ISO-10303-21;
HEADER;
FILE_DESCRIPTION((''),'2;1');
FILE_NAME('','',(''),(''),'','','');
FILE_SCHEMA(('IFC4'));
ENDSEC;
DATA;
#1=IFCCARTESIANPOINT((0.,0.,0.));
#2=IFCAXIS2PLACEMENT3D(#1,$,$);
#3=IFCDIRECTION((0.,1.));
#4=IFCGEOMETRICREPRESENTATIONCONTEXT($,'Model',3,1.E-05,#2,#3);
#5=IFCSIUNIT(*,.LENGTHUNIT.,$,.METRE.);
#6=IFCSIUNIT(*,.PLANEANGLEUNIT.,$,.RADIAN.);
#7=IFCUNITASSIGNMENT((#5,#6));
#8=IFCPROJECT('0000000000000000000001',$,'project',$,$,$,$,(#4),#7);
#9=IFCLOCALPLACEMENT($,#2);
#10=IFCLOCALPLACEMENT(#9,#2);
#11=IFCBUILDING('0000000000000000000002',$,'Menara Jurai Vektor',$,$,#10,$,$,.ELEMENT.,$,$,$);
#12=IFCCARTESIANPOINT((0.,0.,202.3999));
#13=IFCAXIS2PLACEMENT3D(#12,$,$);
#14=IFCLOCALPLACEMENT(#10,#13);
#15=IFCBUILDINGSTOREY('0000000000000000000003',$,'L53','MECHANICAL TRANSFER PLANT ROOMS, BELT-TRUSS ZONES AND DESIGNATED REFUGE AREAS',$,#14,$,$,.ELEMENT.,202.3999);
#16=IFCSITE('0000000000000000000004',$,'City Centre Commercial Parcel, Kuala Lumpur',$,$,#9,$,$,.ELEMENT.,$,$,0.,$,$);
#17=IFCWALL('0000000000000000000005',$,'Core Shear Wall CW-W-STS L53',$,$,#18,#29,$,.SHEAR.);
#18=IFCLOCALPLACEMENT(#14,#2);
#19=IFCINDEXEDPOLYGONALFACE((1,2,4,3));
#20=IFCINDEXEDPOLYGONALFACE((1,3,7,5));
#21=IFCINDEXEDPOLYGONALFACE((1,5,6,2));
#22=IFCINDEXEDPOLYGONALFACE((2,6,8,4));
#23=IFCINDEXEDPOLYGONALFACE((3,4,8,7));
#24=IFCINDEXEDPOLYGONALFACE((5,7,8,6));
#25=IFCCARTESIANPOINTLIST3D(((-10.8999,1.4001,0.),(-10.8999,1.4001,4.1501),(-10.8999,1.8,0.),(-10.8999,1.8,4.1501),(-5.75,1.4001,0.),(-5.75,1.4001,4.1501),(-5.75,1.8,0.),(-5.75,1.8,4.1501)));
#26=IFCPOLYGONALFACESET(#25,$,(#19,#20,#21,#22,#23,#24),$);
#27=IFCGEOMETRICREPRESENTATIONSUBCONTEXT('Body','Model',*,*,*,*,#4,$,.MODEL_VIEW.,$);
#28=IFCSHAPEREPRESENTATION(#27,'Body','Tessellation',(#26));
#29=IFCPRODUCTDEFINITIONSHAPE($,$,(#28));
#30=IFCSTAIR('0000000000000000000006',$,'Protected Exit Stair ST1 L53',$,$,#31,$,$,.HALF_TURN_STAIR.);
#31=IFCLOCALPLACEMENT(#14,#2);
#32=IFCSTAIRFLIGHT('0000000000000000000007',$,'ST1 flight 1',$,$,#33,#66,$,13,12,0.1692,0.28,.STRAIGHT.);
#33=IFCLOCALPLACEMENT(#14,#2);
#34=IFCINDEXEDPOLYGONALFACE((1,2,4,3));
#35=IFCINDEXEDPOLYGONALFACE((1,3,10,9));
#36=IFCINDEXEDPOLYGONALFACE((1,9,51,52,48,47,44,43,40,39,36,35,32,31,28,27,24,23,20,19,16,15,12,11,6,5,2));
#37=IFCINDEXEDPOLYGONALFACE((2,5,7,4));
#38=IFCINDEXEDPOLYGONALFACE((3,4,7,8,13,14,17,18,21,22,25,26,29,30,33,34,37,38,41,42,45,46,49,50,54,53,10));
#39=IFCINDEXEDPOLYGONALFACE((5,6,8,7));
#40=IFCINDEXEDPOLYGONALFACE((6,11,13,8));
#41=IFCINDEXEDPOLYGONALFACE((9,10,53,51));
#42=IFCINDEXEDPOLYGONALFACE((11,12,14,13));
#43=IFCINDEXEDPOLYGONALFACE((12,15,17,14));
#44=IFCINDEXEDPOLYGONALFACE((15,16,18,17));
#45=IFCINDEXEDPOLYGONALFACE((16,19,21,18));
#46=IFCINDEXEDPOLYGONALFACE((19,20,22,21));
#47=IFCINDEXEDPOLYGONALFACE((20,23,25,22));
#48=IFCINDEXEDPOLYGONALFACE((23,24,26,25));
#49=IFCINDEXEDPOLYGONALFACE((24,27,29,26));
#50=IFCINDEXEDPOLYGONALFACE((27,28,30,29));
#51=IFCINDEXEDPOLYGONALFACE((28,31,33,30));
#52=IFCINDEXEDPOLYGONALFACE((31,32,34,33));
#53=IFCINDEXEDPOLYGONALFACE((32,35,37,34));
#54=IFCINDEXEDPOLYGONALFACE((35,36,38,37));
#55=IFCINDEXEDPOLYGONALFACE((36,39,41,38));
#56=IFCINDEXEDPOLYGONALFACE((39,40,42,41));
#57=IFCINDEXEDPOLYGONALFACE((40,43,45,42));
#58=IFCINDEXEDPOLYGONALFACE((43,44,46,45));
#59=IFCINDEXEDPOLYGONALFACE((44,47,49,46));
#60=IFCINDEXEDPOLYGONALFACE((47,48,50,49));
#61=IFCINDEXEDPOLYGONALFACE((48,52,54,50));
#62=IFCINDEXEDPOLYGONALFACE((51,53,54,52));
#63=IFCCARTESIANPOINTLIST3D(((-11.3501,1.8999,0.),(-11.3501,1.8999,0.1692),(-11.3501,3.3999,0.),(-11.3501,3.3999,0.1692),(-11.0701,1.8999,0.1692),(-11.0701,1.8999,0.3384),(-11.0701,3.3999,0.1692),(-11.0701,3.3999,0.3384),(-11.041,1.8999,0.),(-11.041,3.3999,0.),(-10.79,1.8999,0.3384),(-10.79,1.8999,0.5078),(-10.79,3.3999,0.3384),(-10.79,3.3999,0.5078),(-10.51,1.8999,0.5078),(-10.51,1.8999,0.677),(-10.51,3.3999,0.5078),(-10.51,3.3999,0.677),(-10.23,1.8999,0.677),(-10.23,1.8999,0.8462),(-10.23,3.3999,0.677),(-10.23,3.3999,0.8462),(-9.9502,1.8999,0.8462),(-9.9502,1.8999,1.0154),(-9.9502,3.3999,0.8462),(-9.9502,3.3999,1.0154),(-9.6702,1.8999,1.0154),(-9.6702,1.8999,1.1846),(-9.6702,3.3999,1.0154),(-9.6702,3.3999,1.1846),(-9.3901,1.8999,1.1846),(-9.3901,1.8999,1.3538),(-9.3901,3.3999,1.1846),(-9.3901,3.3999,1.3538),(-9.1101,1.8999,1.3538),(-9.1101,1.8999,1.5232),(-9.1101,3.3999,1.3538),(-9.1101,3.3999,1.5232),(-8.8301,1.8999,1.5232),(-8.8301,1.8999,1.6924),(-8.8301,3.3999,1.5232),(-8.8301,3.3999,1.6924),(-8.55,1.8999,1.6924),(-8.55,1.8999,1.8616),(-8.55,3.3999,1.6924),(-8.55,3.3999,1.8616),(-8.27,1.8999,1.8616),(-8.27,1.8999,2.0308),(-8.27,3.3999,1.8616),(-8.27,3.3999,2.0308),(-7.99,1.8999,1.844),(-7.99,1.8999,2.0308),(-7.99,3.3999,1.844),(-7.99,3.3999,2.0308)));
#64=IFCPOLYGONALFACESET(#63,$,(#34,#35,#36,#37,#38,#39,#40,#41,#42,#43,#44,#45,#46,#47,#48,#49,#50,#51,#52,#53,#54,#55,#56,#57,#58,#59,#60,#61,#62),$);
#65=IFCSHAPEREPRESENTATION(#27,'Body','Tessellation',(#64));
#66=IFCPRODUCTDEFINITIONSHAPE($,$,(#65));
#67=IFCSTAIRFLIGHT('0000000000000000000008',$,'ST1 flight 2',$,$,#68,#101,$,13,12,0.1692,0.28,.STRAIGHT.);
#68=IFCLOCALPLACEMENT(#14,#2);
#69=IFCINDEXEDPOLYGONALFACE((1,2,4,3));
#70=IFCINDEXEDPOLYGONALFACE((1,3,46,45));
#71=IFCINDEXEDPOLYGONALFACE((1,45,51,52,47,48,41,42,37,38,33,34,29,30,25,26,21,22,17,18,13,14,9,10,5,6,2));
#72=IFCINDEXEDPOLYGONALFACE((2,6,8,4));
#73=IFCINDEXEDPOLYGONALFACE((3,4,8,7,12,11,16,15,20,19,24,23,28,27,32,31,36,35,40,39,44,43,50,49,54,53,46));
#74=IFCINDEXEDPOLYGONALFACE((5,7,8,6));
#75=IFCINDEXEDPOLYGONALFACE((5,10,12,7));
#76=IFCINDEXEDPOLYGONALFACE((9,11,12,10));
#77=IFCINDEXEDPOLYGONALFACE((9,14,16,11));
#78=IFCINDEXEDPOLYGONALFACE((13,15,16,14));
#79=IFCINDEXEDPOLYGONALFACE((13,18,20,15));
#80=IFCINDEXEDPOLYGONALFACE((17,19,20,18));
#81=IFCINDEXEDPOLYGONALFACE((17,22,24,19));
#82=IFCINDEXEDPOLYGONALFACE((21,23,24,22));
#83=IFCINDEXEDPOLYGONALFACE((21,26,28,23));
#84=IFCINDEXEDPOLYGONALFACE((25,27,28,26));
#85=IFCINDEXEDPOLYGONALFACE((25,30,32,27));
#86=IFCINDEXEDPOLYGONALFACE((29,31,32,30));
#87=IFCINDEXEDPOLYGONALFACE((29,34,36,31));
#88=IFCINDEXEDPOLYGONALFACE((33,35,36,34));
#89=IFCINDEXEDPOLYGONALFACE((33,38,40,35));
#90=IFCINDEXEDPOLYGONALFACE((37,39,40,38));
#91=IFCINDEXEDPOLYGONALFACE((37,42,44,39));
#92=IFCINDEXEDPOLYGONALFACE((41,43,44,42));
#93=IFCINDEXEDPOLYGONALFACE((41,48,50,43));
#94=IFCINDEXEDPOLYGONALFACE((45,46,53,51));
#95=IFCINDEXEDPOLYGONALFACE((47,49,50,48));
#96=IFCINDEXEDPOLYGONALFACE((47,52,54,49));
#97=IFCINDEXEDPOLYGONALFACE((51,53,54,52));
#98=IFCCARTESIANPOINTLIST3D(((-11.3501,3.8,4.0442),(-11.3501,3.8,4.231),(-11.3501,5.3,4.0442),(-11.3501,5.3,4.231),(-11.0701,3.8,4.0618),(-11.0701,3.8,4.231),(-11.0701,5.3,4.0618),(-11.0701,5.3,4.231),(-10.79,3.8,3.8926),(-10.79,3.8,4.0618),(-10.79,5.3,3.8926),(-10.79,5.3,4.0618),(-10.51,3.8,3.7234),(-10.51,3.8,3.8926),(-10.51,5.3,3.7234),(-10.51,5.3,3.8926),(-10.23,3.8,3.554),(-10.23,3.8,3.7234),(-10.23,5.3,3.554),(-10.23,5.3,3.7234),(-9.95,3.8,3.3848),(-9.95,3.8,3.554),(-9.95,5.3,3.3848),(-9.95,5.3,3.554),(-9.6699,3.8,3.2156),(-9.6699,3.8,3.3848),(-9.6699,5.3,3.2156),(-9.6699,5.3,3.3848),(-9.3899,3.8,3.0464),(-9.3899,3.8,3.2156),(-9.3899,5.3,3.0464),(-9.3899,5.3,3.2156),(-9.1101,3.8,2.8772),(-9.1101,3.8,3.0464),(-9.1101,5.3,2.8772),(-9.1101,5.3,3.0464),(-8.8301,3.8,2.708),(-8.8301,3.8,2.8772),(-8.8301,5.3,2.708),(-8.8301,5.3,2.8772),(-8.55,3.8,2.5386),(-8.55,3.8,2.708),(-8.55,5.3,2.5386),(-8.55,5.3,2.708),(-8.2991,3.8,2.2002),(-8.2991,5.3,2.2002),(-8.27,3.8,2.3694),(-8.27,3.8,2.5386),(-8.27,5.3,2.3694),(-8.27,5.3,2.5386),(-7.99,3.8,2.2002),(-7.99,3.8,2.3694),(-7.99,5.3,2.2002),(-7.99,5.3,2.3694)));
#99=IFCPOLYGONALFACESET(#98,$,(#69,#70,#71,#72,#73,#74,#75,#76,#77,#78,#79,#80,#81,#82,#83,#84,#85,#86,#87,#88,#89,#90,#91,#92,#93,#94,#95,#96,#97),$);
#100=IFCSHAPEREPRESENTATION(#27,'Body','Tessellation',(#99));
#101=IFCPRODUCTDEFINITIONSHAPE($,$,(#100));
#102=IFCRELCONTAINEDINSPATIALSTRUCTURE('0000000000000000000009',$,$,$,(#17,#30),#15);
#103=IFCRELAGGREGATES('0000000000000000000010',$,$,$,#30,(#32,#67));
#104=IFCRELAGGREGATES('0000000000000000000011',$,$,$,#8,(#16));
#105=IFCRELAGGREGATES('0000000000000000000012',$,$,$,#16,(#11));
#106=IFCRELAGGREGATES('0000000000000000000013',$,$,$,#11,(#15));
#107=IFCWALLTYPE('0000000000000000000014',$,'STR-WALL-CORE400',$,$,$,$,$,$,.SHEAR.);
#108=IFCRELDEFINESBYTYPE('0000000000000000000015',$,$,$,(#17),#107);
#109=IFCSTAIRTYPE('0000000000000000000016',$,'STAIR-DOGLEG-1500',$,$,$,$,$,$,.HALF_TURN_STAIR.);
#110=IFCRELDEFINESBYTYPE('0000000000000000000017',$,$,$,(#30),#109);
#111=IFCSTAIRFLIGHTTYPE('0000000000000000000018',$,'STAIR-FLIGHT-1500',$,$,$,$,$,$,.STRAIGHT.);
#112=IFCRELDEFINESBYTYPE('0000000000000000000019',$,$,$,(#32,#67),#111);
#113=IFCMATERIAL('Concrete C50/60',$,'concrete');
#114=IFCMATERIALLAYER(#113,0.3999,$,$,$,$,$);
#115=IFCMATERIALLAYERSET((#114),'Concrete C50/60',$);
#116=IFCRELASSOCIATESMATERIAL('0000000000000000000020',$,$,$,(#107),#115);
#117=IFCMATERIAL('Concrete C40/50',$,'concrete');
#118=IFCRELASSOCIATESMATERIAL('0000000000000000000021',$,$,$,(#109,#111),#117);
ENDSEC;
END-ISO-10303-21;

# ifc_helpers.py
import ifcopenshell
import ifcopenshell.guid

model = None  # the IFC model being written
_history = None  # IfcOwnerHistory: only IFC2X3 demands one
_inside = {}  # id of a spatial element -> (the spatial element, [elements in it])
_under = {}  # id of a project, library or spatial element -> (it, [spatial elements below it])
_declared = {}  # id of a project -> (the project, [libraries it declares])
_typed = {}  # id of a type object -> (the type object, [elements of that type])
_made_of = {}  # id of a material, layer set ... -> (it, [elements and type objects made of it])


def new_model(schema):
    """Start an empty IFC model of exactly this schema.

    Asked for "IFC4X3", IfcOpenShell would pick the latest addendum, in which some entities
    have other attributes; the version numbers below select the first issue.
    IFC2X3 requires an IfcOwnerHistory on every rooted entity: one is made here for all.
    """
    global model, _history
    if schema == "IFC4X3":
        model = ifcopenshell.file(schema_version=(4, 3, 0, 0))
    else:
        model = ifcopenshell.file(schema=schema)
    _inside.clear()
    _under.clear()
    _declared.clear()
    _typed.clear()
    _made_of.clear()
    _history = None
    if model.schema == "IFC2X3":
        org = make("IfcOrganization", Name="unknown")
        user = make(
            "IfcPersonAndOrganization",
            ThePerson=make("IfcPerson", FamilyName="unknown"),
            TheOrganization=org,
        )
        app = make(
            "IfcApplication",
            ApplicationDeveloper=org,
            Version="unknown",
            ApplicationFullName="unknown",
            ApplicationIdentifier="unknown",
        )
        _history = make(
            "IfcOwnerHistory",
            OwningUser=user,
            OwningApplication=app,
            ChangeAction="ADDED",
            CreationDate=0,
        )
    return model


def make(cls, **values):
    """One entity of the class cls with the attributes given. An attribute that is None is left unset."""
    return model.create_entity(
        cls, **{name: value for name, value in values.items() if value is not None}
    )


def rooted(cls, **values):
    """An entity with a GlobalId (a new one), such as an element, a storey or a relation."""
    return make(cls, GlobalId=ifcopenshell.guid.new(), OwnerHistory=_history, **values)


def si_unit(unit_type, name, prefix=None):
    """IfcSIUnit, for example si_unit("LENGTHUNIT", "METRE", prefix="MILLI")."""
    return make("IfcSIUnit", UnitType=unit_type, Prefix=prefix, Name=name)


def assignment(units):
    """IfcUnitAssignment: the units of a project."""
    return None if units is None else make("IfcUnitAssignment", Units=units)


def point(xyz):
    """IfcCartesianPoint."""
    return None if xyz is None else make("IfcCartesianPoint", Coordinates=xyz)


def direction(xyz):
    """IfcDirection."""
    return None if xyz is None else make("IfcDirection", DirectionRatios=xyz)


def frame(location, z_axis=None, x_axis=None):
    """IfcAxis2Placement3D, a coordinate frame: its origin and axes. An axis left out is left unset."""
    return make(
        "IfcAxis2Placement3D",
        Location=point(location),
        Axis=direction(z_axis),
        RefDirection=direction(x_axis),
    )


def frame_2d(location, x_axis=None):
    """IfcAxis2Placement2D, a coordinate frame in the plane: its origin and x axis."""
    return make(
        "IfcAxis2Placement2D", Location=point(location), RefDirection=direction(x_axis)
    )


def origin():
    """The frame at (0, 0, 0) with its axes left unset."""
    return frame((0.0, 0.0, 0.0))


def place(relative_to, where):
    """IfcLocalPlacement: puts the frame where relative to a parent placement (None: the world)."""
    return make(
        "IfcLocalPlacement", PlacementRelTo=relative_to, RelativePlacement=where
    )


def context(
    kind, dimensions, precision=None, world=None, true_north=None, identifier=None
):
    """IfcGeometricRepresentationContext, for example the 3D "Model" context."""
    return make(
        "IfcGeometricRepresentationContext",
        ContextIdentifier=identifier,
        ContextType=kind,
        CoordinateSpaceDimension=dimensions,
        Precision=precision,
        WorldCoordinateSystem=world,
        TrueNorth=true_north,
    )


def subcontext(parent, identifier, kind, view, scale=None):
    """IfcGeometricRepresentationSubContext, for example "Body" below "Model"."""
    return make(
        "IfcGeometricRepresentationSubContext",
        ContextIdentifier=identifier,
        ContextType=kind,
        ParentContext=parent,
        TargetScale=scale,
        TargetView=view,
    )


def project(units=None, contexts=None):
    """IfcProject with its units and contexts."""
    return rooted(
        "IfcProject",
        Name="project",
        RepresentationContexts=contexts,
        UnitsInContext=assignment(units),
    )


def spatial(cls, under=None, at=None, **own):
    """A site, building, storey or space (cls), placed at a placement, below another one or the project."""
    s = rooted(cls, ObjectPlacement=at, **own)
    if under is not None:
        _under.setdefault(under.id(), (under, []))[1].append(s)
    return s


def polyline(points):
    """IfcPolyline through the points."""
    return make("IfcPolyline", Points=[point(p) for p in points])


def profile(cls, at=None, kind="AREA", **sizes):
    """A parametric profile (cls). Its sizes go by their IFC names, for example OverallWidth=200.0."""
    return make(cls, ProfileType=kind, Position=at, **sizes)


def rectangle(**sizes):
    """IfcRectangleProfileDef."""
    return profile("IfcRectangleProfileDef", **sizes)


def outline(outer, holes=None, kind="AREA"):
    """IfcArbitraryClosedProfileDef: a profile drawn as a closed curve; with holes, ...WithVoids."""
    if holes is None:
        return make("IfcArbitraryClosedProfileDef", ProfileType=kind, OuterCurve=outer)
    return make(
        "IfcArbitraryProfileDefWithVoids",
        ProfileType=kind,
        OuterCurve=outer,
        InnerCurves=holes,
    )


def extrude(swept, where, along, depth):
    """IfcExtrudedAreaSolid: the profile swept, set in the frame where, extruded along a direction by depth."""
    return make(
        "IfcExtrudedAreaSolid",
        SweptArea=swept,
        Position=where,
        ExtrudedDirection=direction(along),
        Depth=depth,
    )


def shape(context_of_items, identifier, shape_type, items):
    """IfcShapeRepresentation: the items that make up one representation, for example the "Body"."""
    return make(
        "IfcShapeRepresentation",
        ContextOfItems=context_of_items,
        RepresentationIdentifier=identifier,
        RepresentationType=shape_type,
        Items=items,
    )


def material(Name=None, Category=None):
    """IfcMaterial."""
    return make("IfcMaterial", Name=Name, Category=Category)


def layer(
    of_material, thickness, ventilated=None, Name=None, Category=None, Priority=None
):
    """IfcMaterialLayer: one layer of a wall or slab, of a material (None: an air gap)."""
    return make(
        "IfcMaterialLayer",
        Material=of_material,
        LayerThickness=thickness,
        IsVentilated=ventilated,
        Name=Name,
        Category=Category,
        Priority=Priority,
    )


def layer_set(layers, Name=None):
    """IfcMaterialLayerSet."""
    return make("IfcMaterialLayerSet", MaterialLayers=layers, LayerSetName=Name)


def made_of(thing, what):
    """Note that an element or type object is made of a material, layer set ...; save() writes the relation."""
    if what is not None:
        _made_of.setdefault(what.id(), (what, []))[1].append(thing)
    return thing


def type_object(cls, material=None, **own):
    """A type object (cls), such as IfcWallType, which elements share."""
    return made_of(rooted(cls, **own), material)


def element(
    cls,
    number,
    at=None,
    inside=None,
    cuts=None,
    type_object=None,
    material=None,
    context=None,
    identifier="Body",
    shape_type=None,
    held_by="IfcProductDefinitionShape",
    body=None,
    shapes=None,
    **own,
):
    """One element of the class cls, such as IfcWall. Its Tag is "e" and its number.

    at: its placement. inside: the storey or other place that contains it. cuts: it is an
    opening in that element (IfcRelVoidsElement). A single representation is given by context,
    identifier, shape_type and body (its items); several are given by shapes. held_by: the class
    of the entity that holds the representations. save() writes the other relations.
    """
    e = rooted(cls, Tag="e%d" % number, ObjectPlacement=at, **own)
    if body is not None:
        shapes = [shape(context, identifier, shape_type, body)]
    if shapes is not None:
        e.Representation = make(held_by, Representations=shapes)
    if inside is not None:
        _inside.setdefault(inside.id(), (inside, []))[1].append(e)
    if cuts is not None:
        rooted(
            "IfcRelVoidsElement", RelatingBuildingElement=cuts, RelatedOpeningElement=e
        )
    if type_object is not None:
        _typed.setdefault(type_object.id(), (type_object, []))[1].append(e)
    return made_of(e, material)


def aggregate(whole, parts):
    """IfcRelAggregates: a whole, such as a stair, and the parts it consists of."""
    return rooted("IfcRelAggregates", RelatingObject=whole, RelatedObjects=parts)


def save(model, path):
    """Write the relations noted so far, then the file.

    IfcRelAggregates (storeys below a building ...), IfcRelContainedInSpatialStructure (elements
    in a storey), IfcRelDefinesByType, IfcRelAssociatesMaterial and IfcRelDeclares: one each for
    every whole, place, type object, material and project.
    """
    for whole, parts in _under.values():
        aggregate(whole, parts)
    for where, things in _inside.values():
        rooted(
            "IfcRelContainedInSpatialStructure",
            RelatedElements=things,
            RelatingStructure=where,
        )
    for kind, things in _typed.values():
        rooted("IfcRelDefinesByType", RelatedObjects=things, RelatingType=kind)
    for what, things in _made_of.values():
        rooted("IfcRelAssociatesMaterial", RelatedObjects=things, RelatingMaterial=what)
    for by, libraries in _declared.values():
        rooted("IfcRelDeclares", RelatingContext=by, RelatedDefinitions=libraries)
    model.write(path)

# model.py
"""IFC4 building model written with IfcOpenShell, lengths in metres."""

from ifc_helpers import new_model, si_unit, direction, frame, frame_2d, origin, place, context, subcontext, project, spatial, polyline, rectangle, outline, extrude, material, layer, layer_set, type_object, element, aggregate, save


model = new_model("IFC4")

# Units and contexts
model_context = context("Model", 3, precision=1e-05, world=origin(), true_north=direction((0.0, 1.0)))
body_context = subcontext(model_context, "Body", "Model", "MODEL_VIEW")
ifc_project = project(units=[si_unit("LENGTHUNIT", "METRE"), si_unit("PLANEANGLEUNIT", "RADIAN")], contexts=[model_context])

# Site, building, storey
site_placement = place(None, origin())
site = spatial("IfcSite", under=ifc_project, at=site_placement, Name="City Centre Commercial Parcel, Kuala Lumpur", CompositionType="ELEMENT", RefElevation=0.0)
building_placement = place(site_placement, origin())
building = spatial("IfcBuilding", under=site, at=building_placement, Name="Menara Jurai Vektor", CompositionType="ELEMENT")
storey_placement = place(building_placement, frame((0.0, 0.0, 202.3999)))
storey = spatial("IfcBuildingStorey", under=building, at=storey_placement, Name="L53", Description="MECHANICAL TRANSFER PLANT ROOMS, BELT-TRUSS ZONES AND DESIGNATED REFUGE AREAS", CompositionType="ELEMENT", Elevation=202.3999)

# Shared definitions
ifc_material_1 = material(Name="Concrete C50/60", Category="concrete")

# Shared definitions
ifc_material_2 = material(Name="Concrete C40/50", Category="concrete")

# Wall
ifc_layer_1 = layer(ifc_material_1, 0.3999)
ifc_layer_set_1 = layer_set([ifc_layer_1], Name="Concrete C50/60")
wall_type_1 = type_object("IfcWallType", Name="STR-WALL-CORE400", PredefinedType="SHEAR", material=ifc_layer_set_1)
wall_1_placement = place(storey_placement, frame((-10.8999, 1.6001, 0.0), z_axis=(0.0, 0.0, 1.0), x_axis=(1.0, 0.0, 0.0)))
element("IfcWall", 1, at=wall_1_placement, inside=storey, type_object=wall_type_1, Name="Core Shear Wall CW-W-STS L53", PredefinedType="SHEAR", context=body_context, shape_type="SweptSolid", body=[
    extrude(rectangle(XDim=5.1499, YDim=0.3999, at=frame_2d((2.575, 0.0))), origin(), (0.0, 0.0, 1.0), 4.1501),
])

# Stair, stair flights
stair_type = type_object("IfcStairType", Name="STAIR-DOGLEG-1500", PredefinedType="HALF_TURN_STAIR", material=ifc_material_2)
stair_placement = place(storey_placement, origin())
stair = element("IfcStair", 2, at=stair_placement, inside=storey, type_object=stair_type, Name="Protected Exit Stair ST1 L53", PredefinedType="HALF_TURN_STAIR")
stair_flight_type = type_object("IfcStairFlightType", Name="STAIR-FLIGHT-1500", PredefinedType="STRAIGHT", material=ifc_material_2)
stair_flight_1_placement = place(storey_placement, frame((-11.3501, 2.6499, 0.0), z_axis=(0.0, 0.0, 1.0), x_axis=(1.0, 0.0, 0.0)))
stair_flight_1 = element("IfcStairFlight", 3, at=stair_flight_1_placement, type_object=stair_flight_type, Name="ST1 flight 1", NumberOfRisers=13, NumberOfTreads=12, PredefinedType="STRAIGHT", RiserHeight=0.1692, TreadLength=0.28, context=body_context, shape_type="SweptSolid", body=[
    extrude(outline(polyline([(0.0, 0.0), (0.0, 0.1692), (0.28, 0.1692), (0.28, 0.3384), (0.5601, 0.3384), (0.5601, 0.5078), (0.8401, 0.5078), (0.8401, 0.677), (1.1201, 0.677), (1.1201, 0.8462), (1.3999, 0.8462), (1.3999, 1.0154), (1.6799, 1.0154), (1.6799, 1.1846), (1.96, 1.1846), (1.96, 1.3538), (2.24, 1.3538), (2.24, 1.5232), (2.52, 1.5232), (2.52, 1.6924), (2.8, 1.6924), (2.8, 1.8616), (3.0801, 1.8616), (3.0801, 2.0308), (3.3601, 2.0308), (3.3601, 2.2), (3.3601, 1.844), (0.3091, 0.0), (0.0, 0.0)])), frame((0.0, 0.75, 0.0), z_axis=(0.0, -1.0, 0.0), x_axis=(1.0, 0.0, 0.0)), (0.0, 0.0, 1.0), 1.5),
])
stair_flight_2_placement = place(storey_placement, frame((-7.99, 4.55, 2.2002), z_axis=(0.0, 0.0, 1.0), x_axis=(-1.0, 0.0, 0.0)))
stair_flight_2 = element("IfcStairFlight", 4, at=stair_flight_2_placement, type_object=stair_flight_type, Name="ST1 flight 2", NumberOfRisers=13, NumberOfTreads=12, PredefinedType="STRAIGHT", RiserHeight=0.1692, TreadLength=0.28, context=body_context, shape_type="SweptSolid", body=[
    extrude(outline(polyline([(0.0, 0.0), (0.0, 0.1692), (0.28, 0.1692), (0.28, 0.3384), (0.5601, 0.3384), (0.5601, 0.5078), (0.8401, 0.5078), (0.8401, 0.677), (1.1201, 0.677), (1.1201, 0.8462), (1.3999, 0.8462), (1.3999, 1.0154), (1.6799, 1.0154), (1.6799, 1.1846), (1.96, 1.1846), (1.96, 1.3538), (2.24, 1.3538), (2.24, 1.5232), (2.52, 1.5232), (2.52, 1.6924), (2.8, 1.6924), (2.8, 1.8616), (3.0801, 1.8616), (3.0801, 2.0308), (3.3601, 2.0308), (3.3601, 2.2), (3.3601, 1.844), (0.3091, 0.0), (0.0, 0.0)])), frame((0.0, 0.75, 0.0), z_axis=(0.0, -1.0, 0.0), x_axis=(1.0, 0.0, 0.0)), (0.0, 0.0, 1.0), 1.5),
])
aggregate(stair, [stair_flight_1, stair_flight_2])

save(model, "model.ifc")
